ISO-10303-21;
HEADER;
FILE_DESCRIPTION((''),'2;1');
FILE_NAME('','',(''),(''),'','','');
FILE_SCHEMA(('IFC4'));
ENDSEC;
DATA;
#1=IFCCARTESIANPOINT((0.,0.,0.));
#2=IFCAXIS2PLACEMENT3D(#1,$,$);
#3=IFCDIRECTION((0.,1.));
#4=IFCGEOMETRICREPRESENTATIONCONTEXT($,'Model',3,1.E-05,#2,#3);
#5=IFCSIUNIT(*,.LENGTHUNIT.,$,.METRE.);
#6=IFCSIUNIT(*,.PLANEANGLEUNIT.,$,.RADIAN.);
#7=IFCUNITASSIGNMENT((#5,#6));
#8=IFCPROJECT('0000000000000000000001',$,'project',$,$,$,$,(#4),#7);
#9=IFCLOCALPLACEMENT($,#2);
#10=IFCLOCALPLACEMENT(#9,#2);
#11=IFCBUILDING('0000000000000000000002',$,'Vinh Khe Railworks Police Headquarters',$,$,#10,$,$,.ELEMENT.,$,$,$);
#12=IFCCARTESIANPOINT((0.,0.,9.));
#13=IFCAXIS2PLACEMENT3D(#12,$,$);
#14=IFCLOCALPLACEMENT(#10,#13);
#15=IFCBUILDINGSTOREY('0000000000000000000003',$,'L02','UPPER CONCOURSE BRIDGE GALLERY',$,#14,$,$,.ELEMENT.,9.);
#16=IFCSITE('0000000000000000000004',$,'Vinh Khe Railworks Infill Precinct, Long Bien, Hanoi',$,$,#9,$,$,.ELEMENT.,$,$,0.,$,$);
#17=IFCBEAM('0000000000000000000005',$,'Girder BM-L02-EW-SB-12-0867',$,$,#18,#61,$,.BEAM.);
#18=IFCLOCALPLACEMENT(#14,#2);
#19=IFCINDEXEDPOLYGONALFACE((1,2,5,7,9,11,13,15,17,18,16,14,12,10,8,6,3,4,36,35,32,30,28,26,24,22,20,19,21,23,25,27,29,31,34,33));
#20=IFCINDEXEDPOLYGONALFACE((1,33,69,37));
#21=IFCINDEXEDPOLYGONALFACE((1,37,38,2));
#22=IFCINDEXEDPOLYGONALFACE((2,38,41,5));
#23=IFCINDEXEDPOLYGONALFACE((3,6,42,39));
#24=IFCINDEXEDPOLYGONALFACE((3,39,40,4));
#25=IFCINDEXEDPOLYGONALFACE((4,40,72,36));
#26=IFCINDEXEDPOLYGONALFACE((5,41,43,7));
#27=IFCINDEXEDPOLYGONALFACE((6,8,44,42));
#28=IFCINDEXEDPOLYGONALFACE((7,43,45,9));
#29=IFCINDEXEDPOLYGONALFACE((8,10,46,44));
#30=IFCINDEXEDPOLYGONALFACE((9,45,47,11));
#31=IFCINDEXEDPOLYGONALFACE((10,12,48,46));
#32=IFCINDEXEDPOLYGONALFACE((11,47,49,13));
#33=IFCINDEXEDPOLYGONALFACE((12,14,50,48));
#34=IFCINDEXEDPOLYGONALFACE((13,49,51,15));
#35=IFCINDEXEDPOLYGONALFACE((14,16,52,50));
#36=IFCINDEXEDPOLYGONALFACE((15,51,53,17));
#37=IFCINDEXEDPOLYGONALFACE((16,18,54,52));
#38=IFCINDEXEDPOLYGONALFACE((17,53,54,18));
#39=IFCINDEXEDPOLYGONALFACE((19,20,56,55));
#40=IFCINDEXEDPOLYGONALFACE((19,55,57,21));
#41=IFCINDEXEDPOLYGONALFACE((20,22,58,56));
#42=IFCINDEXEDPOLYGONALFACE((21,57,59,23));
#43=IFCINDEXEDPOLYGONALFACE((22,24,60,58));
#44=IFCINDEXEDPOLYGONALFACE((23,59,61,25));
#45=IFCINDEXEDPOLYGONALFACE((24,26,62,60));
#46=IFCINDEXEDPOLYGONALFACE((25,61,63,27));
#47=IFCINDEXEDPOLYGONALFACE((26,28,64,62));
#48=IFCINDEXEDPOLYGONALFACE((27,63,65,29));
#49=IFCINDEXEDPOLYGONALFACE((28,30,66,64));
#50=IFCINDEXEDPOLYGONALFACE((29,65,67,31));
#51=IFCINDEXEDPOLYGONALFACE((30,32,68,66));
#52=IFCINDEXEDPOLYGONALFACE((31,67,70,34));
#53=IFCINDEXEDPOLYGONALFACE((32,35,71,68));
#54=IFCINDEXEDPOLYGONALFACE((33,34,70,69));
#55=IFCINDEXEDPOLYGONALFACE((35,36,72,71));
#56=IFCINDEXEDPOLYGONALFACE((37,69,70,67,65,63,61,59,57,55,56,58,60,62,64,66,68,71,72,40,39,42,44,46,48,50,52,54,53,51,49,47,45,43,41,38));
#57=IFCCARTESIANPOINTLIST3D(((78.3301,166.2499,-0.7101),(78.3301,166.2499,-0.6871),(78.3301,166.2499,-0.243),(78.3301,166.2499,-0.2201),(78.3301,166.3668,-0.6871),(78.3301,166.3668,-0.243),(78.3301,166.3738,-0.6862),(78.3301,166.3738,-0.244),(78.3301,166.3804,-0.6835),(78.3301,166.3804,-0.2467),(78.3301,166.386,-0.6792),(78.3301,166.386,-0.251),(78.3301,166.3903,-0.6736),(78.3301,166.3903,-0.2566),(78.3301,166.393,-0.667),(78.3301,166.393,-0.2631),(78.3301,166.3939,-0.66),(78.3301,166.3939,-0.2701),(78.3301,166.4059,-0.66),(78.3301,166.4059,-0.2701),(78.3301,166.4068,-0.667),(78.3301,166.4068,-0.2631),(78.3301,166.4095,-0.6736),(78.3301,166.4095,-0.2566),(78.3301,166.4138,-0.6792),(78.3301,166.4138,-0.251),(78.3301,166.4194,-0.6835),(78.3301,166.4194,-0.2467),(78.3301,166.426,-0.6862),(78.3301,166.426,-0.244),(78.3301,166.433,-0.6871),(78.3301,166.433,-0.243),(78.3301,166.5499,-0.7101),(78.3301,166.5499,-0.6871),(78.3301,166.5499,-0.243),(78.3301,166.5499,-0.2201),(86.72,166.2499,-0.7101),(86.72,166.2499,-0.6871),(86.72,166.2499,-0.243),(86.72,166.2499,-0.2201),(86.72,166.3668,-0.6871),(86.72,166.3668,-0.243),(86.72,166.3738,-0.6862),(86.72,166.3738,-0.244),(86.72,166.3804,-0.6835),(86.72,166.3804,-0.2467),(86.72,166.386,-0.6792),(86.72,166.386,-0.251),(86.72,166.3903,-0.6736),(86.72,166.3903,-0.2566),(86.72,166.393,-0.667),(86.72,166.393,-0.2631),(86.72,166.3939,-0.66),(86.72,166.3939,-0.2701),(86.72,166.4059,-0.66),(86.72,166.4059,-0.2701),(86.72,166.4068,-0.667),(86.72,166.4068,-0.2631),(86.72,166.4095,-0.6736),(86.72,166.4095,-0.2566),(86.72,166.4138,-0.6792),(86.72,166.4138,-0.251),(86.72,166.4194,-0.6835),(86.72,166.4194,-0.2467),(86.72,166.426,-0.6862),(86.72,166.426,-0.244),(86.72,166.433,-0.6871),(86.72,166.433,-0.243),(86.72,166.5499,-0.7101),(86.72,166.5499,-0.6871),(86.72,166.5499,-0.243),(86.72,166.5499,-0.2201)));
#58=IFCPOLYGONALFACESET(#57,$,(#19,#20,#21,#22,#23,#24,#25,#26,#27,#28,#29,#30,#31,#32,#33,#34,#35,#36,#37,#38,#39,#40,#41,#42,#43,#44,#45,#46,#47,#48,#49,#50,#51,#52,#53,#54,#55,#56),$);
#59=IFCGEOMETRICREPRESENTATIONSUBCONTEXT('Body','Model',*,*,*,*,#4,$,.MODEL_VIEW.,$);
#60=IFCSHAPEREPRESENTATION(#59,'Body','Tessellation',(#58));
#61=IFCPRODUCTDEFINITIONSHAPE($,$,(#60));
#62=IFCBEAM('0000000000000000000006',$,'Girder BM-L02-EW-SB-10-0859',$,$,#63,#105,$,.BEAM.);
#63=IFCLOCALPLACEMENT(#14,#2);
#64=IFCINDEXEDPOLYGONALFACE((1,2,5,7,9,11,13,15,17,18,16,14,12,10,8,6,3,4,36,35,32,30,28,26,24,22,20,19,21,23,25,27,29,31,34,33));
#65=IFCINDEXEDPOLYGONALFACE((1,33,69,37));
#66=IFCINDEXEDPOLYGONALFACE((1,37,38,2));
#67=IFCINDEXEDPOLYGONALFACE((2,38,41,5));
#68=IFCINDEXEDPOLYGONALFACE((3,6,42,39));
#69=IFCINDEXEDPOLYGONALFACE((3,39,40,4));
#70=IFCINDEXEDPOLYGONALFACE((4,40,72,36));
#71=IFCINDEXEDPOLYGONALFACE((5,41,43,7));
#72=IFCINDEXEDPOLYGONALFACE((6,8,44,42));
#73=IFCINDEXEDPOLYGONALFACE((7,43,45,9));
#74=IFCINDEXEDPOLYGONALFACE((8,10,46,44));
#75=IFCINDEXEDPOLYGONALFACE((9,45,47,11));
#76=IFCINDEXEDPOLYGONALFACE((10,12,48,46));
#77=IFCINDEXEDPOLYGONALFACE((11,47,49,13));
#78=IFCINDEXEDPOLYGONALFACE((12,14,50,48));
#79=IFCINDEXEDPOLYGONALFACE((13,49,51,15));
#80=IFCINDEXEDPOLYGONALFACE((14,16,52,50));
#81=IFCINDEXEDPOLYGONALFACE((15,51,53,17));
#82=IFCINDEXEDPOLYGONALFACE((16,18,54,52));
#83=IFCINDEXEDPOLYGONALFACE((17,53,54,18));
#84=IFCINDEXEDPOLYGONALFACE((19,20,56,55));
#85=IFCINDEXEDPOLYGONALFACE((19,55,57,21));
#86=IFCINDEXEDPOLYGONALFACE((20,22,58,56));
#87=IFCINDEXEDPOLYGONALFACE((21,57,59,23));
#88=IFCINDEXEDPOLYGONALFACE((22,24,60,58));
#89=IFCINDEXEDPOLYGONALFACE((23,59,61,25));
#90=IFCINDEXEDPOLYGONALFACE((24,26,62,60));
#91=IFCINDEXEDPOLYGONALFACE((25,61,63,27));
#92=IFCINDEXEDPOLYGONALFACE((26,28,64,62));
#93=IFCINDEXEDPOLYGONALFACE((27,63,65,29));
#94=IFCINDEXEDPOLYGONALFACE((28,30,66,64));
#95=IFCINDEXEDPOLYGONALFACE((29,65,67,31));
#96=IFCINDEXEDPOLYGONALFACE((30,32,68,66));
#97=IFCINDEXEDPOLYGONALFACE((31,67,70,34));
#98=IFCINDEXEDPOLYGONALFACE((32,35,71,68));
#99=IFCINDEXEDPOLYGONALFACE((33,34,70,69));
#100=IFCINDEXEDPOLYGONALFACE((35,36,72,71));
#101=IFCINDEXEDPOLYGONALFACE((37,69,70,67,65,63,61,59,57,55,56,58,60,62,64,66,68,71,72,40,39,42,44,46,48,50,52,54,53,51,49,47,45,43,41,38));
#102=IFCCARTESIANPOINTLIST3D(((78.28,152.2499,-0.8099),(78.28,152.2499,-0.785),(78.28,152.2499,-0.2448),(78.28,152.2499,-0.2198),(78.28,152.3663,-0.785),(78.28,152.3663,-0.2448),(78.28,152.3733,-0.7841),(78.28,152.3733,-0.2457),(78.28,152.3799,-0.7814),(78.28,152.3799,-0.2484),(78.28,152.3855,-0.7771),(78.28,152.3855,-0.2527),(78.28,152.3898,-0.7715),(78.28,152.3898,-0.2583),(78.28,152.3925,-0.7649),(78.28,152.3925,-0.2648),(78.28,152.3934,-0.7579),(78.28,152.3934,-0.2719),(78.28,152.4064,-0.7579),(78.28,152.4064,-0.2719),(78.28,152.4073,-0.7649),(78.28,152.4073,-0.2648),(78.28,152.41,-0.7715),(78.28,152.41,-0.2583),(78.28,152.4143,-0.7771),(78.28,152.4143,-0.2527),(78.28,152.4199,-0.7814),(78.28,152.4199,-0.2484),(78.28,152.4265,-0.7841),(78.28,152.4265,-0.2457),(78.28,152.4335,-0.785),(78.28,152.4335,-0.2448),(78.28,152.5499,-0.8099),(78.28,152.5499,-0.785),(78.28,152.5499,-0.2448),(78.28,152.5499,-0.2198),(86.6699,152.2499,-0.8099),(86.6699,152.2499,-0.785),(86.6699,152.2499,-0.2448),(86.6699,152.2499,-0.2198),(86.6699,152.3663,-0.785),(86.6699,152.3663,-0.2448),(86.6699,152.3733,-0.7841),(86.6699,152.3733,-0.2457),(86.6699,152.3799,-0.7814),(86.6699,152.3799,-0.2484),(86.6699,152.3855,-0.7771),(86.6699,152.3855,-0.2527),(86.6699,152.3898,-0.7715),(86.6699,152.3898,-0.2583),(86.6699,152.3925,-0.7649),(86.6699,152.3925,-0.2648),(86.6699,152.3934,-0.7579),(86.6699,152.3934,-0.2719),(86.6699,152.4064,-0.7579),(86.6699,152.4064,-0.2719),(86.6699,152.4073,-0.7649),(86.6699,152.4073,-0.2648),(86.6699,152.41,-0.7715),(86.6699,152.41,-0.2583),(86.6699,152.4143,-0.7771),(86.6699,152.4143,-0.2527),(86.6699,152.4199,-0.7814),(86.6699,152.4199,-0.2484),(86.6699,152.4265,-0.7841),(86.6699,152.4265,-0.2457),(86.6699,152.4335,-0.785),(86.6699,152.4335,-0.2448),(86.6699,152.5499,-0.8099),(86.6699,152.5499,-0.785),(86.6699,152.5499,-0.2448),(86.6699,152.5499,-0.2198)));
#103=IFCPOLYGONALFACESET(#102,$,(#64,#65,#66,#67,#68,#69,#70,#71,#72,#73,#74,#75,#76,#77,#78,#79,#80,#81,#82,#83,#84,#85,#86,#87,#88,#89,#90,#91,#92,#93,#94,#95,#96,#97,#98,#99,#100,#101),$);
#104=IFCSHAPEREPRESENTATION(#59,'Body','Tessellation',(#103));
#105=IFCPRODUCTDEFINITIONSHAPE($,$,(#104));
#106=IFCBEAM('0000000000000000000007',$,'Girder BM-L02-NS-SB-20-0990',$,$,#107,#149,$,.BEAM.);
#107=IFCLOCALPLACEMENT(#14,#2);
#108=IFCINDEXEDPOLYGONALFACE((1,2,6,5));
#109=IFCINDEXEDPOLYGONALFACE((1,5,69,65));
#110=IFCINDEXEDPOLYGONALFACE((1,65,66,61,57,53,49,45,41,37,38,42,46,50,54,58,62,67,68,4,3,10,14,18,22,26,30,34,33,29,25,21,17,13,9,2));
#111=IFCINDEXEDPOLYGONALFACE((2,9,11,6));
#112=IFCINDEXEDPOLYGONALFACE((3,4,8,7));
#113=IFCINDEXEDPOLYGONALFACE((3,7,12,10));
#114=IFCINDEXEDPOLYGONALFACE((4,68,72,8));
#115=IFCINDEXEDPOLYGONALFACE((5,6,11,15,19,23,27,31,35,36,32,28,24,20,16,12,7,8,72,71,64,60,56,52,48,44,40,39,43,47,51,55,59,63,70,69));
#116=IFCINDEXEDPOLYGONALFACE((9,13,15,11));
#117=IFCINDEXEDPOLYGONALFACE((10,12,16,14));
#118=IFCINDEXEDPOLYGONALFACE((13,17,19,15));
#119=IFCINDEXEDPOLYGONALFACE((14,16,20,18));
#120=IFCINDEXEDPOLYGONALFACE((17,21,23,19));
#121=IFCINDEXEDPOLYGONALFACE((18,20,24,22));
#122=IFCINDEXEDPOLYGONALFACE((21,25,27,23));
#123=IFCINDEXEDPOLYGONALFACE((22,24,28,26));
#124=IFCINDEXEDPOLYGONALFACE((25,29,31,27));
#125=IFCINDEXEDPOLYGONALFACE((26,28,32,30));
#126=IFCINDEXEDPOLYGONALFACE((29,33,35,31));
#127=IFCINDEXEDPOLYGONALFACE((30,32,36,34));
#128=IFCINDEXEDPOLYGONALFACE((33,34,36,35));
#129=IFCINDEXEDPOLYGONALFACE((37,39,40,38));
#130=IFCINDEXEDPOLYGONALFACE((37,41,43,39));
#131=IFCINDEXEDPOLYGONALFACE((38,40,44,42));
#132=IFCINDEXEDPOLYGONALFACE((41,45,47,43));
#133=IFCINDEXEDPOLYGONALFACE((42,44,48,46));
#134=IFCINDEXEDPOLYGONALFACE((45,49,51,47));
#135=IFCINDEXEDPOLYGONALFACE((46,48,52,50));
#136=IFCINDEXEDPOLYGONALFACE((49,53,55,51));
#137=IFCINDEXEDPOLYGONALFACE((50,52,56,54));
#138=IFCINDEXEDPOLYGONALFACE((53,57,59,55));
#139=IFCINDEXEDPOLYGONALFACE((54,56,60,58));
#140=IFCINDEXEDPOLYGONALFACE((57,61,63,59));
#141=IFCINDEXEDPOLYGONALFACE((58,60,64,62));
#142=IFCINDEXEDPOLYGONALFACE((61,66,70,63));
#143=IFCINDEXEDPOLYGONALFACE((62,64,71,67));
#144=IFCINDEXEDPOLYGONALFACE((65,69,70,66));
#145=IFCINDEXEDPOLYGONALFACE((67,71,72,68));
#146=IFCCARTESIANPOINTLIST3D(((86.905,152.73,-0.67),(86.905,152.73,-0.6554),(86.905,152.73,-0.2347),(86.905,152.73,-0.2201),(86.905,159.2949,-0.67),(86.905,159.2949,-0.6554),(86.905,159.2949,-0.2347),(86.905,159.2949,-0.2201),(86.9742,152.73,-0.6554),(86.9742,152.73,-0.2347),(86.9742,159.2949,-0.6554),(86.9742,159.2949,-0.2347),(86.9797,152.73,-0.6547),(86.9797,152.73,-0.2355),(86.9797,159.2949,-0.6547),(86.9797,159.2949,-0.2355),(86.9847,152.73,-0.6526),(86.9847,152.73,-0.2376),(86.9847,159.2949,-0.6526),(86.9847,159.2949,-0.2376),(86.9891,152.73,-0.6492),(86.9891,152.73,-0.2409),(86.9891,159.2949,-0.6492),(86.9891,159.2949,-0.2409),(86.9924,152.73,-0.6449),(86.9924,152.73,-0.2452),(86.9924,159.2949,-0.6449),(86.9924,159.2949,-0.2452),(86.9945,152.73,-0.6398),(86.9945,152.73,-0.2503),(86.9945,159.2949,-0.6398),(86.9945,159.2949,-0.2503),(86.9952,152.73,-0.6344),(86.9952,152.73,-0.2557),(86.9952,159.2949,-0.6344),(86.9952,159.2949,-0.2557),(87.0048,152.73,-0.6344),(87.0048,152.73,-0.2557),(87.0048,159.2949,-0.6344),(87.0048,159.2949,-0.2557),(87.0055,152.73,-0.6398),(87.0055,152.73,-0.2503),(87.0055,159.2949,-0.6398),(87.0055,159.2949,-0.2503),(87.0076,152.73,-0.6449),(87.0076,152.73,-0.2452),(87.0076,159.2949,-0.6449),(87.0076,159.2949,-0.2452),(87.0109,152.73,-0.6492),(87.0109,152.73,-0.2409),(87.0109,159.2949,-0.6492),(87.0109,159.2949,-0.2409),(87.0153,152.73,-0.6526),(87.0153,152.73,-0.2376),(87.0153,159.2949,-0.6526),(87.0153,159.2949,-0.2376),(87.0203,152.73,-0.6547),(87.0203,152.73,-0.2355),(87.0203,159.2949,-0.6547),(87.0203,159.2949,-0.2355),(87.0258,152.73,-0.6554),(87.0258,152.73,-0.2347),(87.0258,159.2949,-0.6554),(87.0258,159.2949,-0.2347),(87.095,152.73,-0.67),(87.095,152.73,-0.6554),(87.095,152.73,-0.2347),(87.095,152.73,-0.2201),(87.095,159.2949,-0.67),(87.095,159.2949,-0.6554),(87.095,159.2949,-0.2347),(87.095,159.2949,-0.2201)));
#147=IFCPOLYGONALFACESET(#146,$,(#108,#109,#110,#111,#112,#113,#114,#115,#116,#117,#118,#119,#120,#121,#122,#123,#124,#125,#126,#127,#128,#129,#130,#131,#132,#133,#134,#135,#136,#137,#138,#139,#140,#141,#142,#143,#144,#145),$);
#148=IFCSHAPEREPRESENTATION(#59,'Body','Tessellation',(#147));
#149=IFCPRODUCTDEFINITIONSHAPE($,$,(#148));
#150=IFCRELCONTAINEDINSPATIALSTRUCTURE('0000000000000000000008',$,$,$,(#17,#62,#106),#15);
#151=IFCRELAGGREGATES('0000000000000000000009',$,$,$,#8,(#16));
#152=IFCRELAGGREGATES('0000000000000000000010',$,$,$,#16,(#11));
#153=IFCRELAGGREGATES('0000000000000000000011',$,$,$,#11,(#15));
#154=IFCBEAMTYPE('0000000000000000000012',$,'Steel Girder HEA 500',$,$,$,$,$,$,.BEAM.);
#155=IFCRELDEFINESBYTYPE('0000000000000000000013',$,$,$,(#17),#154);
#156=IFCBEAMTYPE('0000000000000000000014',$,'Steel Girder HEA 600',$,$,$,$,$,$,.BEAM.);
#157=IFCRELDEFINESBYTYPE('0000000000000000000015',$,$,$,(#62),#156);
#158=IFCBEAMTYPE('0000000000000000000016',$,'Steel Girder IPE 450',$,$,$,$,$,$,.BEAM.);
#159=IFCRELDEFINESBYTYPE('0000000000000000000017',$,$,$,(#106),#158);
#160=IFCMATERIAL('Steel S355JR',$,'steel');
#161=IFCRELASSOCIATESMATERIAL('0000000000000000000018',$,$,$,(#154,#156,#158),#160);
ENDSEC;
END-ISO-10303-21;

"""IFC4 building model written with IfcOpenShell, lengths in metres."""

from ifc_helpers import new_model, si_unit, direction, frame, origin, origin_2d, place, context, subcontext, project, spatial, i_section, extrude, material, material_profile, profile_set, type_object, element, save


model = new_model("IFC4")

# Units and contexts
model_context = context("Model", 3, precision=1e-05, world=origin(), true_north=direction((0.0, 1.0)))
body_context = subcontext(model_context, "Body", "Model", "MODEL_VIEW")
ifc_project = project(units=[si_unit("LENGTHUNIT", "METRE"), si_unit("PLANEANGLEUNIT", "RADIAN")], contexts=[model_context])

# Site, building, storey
site_placement = place(None, origin())
site = spatial("IfcSite", under=ifc_project, at=site_placement, Name="Vinh Khe Railworks Infill Precinct, Long Bien, Hanoi", CompositionType="ELEMENT", RefElevation=0.0)
building_placement = place(site_placement, origin())
building = spatial("IfcBuilding", under=site, at=building_placement, Name="Vinh Khe Railworks Police Headquarters", CompositionType="ELEMENT")
storey_placement = place(building_placement, frame((0.0, 0.0, 9.0)))
storey = spatial("IfcBuildingStorey", under=building, at=storey_placement, Name="L02", Description="UPPER CONCOURSE BRIDGE GALLERY", CompositionType="ELEMENT", Elevation=9.0)

# Shared definitions
ifc_material_1 = material(Name="Steel S355JR", Category="steel")

# Beams
ifc_material_profile_1 = material_profile(ifc_material_1, i_section(OverallWidth=0.3, OverallDepth=0.49, WebThickness=0.012, FlangeThickness=0.0229, FilletRadius=0.0271, at=origin_2d()), Name="HEA 500")
ifc_profile_set_1 = profile_set([ifc_material_profile_1], Name="Steel S355JR")
beam_type_1 = type_object("IfcBeamType", Name="Steel Girder HEA 500", PredefinedType="BEAM", material=ifc_profile_set_1)
beam_1_placement = place(storey_placement, frame((78.3301, 166.3999, -0.4651), z_axis=(1.0, 0.0, 0.0), x_axis=(0.0, 1.0, 0.0)))
element("IfcBeam", 1, at=beam_1_placement, inside=storey, type_object=beam_type_1, Name="Girder BM-L02-EW-SB-12-0867", PredefinedType="BEAM", context=body_context, shape_type="SweptSolid", body=[
    extrude(i_section(OverallWidth=0.3, OverallDepth=0.49, WebThickness=0.012, FlangeThickness=0.0229, FilletRadius=0.0271, at=origin_2d()), origin(), (0.0, 0.0, 1.0), 8.3899),
])
ifc_material_profile_2 = material_profile(ifc_material_1, i_section(OverallWidth=0.3, OverallDepth=0.5901, WebThickness=0.0129, FlangeThickness=0.0249, FilletRadius=0.0271, at=origin_2d()), Name="HEA 600")
ifc_profile_set_2 = profile_set([ifc_material_profile_2], Name="Steel S355JR")
beam_type_2 = type_object("IfcBeamType", Name="Steel Girder HEA 600", PredefinedType="BEAM", material=ifc_profile_set_2)
beam_2_placement = place(storey_placement, frame((78.28, 152.3999, -0.5149), z_axis=(1.0, 0.0, 0.0), x_axis=(0.0, 1.0, 0.0)))
element("IfcBeam", 2, at=beam_2_placement, inside=storey, type_object=beam_type_2, Name="Girder BM-L02-EW-SB-10-0859", PredefinedType="BEAM", context=body_context, shape_type="SweptSolid", body=[
    extrude(i_section(OverallWidth=0.3, OverallDepth=0.5901, WebThickness=0.0129, FlangeThickness=0.0249, FilletRadius=0.0271, at=origin_2d()), origin(), (0.0, 0.0, 1.0), 8.3899),
])
ifc_material_profile_3 = material_profile(ifc_material_1, i_section(OverallWidth=0.1899, OverallDepth=0.45, WebThickness=0.0095, FlangeThickness=0.0146, FilletRadius=0.021, at=origin_2d()), Name="IPE 450")
ifc_profile_set_3 = profile_set([ifc_material_profile_3], Name="Steel S355JR")
beam_type_3 = type_object("IfcBeamType", Name="Steel Girder IPE 450", PredefinedType="BEAM", material=ifc_profile_set_3)
beam_3_placement = place(storey_placement, frame((87.0, 152.73, -0.4451), z_axis=(0.0, 1.0, 0.0), x_axis=(-1.0, 0.0, 0.0)))
element("IfcBeam", 3, at=beam_3_placement, inside=storey, type_object=beam_type_3, Name="Girder BM-L02-NS-SB-20-0990", PredefinedType="BEAM", context=body_context, shape_type="SweptSolid", body=[
    extrude(i_section(OverallWidth=0.1899, OverallDepth=0.45, WebThickness=0.0095, FlangeThickness=0.0146, FilletRadius=0.021, at=origin_2d()), origin(), (0.0, 0.0, 1.0), 6.5649),
])

save(model, "model.ifc")
